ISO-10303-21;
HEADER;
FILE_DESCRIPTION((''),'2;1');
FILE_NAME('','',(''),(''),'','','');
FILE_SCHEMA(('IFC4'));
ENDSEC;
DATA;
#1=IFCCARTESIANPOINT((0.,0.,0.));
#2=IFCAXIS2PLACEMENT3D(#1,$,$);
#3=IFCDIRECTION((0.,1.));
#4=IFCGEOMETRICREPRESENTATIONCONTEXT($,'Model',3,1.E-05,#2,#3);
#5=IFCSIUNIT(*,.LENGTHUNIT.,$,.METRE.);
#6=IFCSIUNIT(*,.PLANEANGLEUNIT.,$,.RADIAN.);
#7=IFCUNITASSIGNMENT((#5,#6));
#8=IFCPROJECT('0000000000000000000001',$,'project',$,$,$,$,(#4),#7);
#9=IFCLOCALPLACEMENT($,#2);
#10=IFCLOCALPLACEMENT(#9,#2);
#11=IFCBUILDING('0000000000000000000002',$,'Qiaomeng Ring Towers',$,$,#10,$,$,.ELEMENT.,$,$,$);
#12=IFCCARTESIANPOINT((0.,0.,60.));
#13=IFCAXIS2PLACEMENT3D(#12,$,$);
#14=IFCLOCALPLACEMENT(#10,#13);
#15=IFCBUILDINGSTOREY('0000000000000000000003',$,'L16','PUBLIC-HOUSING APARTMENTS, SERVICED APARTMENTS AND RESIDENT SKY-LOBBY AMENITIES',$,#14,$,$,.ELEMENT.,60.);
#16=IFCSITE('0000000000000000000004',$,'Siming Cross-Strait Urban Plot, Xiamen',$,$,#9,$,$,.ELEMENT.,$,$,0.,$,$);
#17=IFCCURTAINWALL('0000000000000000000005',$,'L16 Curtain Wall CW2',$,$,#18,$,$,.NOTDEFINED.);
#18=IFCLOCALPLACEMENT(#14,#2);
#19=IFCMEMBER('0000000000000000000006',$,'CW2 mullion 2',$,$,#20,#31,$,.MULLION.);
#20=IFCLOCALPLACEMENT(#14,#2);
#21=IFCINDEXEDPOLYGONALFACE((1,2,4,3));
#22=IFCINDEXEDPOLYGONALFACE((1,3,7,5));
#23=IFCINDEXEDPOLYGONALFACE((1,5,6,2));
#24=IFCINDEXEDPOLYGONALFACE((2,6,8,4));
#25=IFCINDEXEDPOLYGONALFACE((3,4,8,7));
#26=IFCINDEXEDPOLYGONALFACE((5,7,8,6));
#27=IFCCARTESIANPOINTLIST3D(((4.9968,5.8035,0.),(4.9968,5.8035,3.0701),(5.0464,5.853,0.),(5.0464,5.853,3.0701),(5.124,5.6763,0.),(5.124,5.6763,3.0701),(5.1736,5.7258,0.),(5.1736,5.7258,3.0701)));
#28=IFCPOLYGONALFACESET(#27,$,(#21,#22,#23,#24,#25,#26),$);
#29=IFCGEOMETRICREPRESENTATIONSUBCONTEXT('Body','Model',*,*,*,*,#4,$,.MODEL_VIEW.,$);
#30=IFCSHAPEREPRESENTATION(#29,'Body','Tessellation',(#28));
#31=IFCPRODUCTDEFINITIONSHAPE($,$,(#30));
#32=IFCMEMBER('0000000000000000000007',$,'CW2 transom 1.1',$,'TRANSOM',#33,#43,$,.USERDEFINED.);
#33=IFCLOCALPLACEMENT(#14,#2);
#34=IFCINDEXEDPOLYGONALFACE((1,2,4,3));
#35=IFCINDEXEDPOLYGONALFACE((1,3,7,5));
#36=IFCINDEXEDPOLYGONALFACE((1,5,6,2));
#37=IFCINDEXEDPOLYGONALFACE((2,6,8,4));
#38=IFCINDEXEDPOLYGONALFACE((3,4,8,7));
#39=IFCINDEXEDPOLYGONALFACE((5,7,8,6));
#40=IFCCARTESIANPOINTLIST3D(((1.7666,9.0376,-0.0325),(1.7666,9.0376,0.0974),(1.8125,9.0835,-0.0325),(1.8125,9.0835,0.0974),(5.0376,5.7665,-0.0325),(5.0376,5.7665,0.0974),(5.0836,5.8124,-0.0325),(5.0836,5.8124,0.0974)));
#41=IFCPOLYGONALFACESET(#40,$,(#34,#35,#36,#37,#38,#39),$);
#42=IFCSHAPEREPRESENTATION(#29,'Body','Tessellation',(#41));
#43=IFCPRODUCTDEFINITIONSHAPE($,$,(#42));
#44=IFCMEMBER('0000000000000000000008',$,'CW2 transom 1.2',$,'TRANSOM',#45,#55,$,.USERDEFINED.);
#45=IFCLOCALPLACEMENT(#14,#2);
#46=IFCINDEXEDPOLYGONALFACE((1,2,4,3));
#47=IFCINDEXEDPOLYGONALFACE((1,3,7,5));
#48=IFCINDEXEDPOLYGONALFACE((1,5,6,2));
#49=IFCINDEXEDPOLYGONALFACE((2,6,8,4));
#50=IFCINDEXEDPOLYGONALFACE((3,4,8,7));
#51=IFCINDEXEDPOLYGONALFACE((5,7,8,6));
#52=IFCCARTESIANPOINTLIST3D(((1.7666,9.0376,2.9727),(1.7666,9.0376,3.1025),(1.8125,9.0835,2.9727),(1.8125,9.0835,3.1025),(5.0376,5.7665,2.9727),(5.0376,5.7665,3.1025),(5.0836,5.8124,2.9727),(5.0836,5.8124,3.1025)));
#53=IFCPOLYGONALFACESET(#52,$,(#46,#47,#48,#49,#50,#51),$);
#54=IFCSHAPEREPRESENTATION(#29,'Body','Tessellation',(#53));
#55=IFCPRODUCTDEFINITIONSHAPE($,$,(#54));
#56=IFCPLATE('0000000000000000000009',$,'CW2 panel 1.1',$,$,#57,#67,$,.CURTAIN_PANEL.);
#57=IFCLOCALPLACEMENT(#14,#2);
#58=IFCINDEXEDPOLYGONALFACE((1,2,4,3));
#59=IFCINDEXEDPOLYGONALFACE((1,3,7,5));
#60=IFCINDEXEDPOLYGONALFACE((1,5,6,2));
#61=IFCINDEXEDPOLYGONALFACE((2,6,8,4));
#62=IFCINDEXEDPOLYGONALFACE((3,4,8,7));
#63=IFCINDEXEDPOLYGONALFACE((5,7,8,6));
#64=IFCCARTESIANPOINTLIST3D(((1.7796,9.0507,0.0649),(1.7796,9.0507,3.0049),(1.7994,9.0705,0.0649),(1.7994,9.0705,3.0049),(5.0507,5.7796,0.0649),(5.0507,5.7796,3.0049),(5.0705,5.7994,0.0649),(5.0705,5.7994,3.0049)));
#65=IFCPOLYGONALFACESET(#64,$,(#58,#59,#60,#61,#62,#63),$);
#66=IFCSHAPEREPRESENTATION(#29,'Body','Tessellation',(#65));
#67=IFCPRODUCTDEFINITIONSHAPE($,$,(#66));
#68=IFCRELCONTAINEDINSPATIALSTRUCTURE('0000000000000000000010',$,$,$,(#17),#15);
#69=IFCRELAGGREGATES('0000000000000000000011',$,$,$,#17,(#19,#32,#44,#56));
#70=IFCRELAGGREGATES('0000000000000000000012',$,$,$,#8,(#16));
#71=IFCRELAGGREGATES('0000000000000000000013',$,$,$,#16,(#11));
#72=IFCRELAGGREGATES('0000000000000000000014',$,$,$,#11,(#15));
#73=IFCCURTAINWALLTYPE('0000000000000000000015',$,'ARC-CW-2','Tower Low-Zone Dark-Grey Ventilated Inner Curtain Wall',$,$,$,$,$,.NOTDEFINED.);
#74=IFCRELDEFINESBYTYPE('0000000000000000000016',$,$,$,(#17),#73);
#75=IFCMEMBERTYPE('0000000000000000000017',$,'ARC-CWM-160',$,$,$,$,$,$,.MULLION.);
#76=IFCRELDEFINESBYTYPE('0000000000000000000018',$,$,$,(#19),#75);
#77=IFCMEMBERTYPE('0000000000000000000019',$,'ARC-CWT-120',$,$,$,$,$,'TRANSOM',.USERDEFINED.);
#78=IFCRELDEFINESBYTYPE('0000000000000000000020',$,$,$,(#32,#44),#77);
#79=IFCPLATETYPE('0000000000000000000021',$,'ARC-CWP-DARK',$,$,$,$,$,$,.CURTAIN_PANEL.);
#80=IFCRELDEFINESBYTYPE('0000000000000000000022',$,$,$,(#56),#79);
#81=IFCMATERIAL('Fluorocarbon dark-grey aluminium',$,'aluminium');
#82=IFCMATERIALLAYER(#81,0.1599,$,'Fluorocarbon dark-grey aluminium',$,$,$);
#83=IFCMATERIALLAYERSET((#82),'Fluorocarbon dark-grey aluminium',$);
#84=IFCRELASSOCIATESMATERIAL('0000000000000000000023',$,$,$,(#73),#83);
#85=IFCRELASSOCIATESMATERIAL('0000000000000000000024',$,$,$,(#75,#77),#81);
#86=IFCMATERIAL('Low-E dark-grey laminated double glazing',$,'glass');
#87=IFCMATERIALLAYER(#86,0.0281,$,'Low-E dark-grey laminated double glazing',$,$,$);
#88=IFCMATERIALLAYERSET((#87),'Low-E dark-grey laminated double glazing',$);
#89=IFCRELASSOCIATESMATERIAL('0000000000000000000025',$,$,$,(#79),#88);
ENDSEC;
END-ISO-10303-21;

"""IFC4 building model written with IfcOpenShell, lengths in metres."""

from ifc_helpers import new_model, si_unit, direction, frame, origin, origin_2d, place, context, subcontext, project, spatial, rectangle, extrude, source, transform, mapped, material, layer, layer_set, material_profile, profile_set, type_object, element, aggregate, save


model = new_model("IFC4")

# Units and contexts
model_context = context("Model", 3, precision=1e-05, world=origin(), true_north=direction((0.0, 1.0)))
body_context = subcontext(model_context, "Body", "Model", "MODEL_VIEW")
ifc_project = project(units=[si_unit("LENGTHUNIT", "METRE"), si_unit("PLANEANGLEUNIT", "RADIAN")], contexts=[model_context])

# Site, building, storey
site_placement = place(None, origin())
site = spatial("IfcSite", under=ifc_project, at=site_placement, Name="Siming Cross-Strait Urban Plot, Xiamen", CompositionType="ELEMENT", RefElevation=0.0)
building_placement = place(site_placement, origin())
building = spatial("IfcBuilding", under=site, at=building_placement, Name="Qiaomeng Ring Towers", CompositionType="ELEMENT")
storey_placement = place(building_placement, frame((0.0, 0.0, 60.0)))
storey = spatial("IfcBuildingStorey", under=building, at=storey_placement, Name="L16", Description="PUBLIC-HOUSING APARTMENTS, SERVICED APARTMENTS AND RESIDENT SKY-LOBBY AMENITIES", CompositionType="ELEMENT", Elevation=60.0)

# Curtain wall, members, plate
ifc_material_1 = material(Name="Fluorocarbon dark-grey aluminium", Category="aluminium")
ifc_layer_1 = layer(ifc_material_1, 0.1599, Name="Fluorocarbon dark-grey aluminium")
ifc_layer_set_1 = layer_set([ifc_layer_1], Name="Fluorocarbon dark-grey aluminium")
curtain_wall_type = type_object("IfcCurtainWallType", Name="ARC-CW-2", Description="Tower Low-Zone Dark-Grey Ventilated Inner Curtain Wall", PredefinedType="NOTDEFINED", material=ifc_layer_set_1)
curtain_wall_placement = place(storey_placement, origin())
curtain_wall = element("IfcCurtainWall", 1, at=curtain_wall_placement, inside=storey, type_object=curtain_wall_type, Name="L16 Curtain Wall CW2", PredefinedType="NOTDEFINED")
ifc_material_profile_1 = material_profile(ifc_material_1, rectangle(XDim=0.0701, YDim=0.1799, at=origin_2d()), Name="ALU MULL 70x180")
ifc_profile_set_1 = profile_set([ifc_material_profile_1], Name="Fluorocarbon dark-grey aluminium")
member_type_1 = type_object("IfcMemberType", Name="ARC-CWM-160", PredefinedType="MULLION", material=ifc_profile_set_1)
shared_shape_1 = source(origin(), body_context, "Body", "SweptSolid", [
    extrude(rectangle(XDim=0.0701, YDim=0.1799, at=origin_2d()), origin(), (0.0, 0.0, 1.0), 3.0701),
])
member_1_placement = place(storey_placement, frame((5.0852, 5.7646, 0.0), z_axis=(0.0, 0.0, 1.0), x_axis=(0.707107, 0.707107, 0.0)))
member_1 = element("IfcMember", 2, at=member_1_placement, type_object=member_type_1, Name="CW2 mullion 2", PredefinedType="MULLION", context=body_context, shape_type="MappedRepresentation", body=[
    mapped(shared_shape_1, transform((0.0, 0.0, 0.0), x_axis=(1.0, 0.0, 0.0), y_axis=(0.0, 1.0, 0.0), z_axis=(0.0, 0.0, 1.0), scale=1.0)),
])
ifc_material_profile_2 = material_profile(ifc_material_1, rectangle(XDim=0.0649, YDim=0.1299, at=origin_2d()), Name="ALU TRAN 65x130")
ifc_profile_set_2 = profile_set([ifc_material_profile_2], Name="Fluorocarbon dark-grey aluminium")
member_type_2 = type_object("IfcMemberType", Name="ARC-CWT-120", ElementType="TRANSOM", PredefinedType="USERDEFINED", material=ifc_profile_set_2)
shared_shape_2 = source(origin(), body_context, "Body", "SweptSolid", [
    extrude(rectangle(XDim=0.0649, YDim=0.1299, at=origin_2d()), origin(), (0.0, 0.0, 1.0), 4.626),
])
member_2_placement = place(storey_placement, frame((1.7896, 9.0605, 0.0325), z_axis=(0.707107, -0.707107, 0.0), x_axis=(0.707107, 0.707107, 0.0)))
member_2 = element("IfcMember", 3, at=member_2_placement, type_object=member_type_2, Name="CW2 transom 1.1", ObjectType="TRANSOM", PredefinedType="USERDEFINED", context=body_context, shape_type="MappedRepresentation", body=[
    mapped(shared_shape_2, transform((0.0, 0.0, 0.0), x_axis=(1.0, 0.0, 0.0), y_axis=(0.0, 1.0, 0.0), z_axis=(0.0, 0.0, 1.0), scale=1.0)),
])
member_3_placement = place(storey_placement, frame((1.7896, 9.0605, 3.0376), z_axis=(0.707107, -0.707107, 0.0), x_axis=(0.707107, 0.707107, 0.0)))
member_3 = element("IfcMember", 4, at=member_3_placement, type_object=member_type_2, Name="CW2 transom 1.2", ObjectType="TRANSOM", PredefinedType="USERDEFINED", context=body_context, shape_type="MappedRepresentation", body=[
    mapped(shared_shape_2, transform((0.0, 0.0, 0.0), x_axis=(1.0, 0.0, 0.0), y_axis=(0.0, 1.0, 0.0), z_axis=(0.0, 0.0, 1.0), scale=1.0)),
])
ifc_material_2 = material(Name="Low-E dark-grey laminated double glazing", Category="glass")
ifc_layer_2 = layer(ifc_material_2, 0.0281, Name="Low-E dark-grey laminated double glazing")
ifc_layer_set_2 = layer_set([ifc_layer_2], Name="Low-E dark-grey laminated double glazing")
plate_type = type_object("IfcPlateType", Name="ARC-CWP-DARK", PredefinedType="CURTAIN_PANEL", material=ifc_layer_set_2)
shared_shape_3 = source(origin(), body_context, "Body", "SweptSolid", [
    extrude(rectangle(XDim=4.626, YDim=0.0281, at=origin_2d()), origin(), (0.0, 0.0, 1.0), 2.9399),
])
plate_placement = place(storey_placement, frame((3.425, 7.425, 0.0649), z_axis=(0.0, 0.0, 1.0), x_axis=(0.707107, -0.707107, 0.0)))
plate = element("IfcPlate", 5, at=plate_placement, type_object=plate_type, Name="CW2 panel 1.1", PredefinedType="CURTAIN_PANEL", context=body_context, shape_type="MappedRepresentation", body=[
    mapped(shared_shape_3, transform((0.0, 0.0, 0.0), x_axis=(1.0, 0.0, 0.0), y_axis=(0.0, 1.0, 0.0), z_axis=(0.0, 0.0, 1.0), scale=1.0)),
])
aggregate(curtain_wall, [member_1, member_2, member_3, plate])

save(model, "model.ifc")
